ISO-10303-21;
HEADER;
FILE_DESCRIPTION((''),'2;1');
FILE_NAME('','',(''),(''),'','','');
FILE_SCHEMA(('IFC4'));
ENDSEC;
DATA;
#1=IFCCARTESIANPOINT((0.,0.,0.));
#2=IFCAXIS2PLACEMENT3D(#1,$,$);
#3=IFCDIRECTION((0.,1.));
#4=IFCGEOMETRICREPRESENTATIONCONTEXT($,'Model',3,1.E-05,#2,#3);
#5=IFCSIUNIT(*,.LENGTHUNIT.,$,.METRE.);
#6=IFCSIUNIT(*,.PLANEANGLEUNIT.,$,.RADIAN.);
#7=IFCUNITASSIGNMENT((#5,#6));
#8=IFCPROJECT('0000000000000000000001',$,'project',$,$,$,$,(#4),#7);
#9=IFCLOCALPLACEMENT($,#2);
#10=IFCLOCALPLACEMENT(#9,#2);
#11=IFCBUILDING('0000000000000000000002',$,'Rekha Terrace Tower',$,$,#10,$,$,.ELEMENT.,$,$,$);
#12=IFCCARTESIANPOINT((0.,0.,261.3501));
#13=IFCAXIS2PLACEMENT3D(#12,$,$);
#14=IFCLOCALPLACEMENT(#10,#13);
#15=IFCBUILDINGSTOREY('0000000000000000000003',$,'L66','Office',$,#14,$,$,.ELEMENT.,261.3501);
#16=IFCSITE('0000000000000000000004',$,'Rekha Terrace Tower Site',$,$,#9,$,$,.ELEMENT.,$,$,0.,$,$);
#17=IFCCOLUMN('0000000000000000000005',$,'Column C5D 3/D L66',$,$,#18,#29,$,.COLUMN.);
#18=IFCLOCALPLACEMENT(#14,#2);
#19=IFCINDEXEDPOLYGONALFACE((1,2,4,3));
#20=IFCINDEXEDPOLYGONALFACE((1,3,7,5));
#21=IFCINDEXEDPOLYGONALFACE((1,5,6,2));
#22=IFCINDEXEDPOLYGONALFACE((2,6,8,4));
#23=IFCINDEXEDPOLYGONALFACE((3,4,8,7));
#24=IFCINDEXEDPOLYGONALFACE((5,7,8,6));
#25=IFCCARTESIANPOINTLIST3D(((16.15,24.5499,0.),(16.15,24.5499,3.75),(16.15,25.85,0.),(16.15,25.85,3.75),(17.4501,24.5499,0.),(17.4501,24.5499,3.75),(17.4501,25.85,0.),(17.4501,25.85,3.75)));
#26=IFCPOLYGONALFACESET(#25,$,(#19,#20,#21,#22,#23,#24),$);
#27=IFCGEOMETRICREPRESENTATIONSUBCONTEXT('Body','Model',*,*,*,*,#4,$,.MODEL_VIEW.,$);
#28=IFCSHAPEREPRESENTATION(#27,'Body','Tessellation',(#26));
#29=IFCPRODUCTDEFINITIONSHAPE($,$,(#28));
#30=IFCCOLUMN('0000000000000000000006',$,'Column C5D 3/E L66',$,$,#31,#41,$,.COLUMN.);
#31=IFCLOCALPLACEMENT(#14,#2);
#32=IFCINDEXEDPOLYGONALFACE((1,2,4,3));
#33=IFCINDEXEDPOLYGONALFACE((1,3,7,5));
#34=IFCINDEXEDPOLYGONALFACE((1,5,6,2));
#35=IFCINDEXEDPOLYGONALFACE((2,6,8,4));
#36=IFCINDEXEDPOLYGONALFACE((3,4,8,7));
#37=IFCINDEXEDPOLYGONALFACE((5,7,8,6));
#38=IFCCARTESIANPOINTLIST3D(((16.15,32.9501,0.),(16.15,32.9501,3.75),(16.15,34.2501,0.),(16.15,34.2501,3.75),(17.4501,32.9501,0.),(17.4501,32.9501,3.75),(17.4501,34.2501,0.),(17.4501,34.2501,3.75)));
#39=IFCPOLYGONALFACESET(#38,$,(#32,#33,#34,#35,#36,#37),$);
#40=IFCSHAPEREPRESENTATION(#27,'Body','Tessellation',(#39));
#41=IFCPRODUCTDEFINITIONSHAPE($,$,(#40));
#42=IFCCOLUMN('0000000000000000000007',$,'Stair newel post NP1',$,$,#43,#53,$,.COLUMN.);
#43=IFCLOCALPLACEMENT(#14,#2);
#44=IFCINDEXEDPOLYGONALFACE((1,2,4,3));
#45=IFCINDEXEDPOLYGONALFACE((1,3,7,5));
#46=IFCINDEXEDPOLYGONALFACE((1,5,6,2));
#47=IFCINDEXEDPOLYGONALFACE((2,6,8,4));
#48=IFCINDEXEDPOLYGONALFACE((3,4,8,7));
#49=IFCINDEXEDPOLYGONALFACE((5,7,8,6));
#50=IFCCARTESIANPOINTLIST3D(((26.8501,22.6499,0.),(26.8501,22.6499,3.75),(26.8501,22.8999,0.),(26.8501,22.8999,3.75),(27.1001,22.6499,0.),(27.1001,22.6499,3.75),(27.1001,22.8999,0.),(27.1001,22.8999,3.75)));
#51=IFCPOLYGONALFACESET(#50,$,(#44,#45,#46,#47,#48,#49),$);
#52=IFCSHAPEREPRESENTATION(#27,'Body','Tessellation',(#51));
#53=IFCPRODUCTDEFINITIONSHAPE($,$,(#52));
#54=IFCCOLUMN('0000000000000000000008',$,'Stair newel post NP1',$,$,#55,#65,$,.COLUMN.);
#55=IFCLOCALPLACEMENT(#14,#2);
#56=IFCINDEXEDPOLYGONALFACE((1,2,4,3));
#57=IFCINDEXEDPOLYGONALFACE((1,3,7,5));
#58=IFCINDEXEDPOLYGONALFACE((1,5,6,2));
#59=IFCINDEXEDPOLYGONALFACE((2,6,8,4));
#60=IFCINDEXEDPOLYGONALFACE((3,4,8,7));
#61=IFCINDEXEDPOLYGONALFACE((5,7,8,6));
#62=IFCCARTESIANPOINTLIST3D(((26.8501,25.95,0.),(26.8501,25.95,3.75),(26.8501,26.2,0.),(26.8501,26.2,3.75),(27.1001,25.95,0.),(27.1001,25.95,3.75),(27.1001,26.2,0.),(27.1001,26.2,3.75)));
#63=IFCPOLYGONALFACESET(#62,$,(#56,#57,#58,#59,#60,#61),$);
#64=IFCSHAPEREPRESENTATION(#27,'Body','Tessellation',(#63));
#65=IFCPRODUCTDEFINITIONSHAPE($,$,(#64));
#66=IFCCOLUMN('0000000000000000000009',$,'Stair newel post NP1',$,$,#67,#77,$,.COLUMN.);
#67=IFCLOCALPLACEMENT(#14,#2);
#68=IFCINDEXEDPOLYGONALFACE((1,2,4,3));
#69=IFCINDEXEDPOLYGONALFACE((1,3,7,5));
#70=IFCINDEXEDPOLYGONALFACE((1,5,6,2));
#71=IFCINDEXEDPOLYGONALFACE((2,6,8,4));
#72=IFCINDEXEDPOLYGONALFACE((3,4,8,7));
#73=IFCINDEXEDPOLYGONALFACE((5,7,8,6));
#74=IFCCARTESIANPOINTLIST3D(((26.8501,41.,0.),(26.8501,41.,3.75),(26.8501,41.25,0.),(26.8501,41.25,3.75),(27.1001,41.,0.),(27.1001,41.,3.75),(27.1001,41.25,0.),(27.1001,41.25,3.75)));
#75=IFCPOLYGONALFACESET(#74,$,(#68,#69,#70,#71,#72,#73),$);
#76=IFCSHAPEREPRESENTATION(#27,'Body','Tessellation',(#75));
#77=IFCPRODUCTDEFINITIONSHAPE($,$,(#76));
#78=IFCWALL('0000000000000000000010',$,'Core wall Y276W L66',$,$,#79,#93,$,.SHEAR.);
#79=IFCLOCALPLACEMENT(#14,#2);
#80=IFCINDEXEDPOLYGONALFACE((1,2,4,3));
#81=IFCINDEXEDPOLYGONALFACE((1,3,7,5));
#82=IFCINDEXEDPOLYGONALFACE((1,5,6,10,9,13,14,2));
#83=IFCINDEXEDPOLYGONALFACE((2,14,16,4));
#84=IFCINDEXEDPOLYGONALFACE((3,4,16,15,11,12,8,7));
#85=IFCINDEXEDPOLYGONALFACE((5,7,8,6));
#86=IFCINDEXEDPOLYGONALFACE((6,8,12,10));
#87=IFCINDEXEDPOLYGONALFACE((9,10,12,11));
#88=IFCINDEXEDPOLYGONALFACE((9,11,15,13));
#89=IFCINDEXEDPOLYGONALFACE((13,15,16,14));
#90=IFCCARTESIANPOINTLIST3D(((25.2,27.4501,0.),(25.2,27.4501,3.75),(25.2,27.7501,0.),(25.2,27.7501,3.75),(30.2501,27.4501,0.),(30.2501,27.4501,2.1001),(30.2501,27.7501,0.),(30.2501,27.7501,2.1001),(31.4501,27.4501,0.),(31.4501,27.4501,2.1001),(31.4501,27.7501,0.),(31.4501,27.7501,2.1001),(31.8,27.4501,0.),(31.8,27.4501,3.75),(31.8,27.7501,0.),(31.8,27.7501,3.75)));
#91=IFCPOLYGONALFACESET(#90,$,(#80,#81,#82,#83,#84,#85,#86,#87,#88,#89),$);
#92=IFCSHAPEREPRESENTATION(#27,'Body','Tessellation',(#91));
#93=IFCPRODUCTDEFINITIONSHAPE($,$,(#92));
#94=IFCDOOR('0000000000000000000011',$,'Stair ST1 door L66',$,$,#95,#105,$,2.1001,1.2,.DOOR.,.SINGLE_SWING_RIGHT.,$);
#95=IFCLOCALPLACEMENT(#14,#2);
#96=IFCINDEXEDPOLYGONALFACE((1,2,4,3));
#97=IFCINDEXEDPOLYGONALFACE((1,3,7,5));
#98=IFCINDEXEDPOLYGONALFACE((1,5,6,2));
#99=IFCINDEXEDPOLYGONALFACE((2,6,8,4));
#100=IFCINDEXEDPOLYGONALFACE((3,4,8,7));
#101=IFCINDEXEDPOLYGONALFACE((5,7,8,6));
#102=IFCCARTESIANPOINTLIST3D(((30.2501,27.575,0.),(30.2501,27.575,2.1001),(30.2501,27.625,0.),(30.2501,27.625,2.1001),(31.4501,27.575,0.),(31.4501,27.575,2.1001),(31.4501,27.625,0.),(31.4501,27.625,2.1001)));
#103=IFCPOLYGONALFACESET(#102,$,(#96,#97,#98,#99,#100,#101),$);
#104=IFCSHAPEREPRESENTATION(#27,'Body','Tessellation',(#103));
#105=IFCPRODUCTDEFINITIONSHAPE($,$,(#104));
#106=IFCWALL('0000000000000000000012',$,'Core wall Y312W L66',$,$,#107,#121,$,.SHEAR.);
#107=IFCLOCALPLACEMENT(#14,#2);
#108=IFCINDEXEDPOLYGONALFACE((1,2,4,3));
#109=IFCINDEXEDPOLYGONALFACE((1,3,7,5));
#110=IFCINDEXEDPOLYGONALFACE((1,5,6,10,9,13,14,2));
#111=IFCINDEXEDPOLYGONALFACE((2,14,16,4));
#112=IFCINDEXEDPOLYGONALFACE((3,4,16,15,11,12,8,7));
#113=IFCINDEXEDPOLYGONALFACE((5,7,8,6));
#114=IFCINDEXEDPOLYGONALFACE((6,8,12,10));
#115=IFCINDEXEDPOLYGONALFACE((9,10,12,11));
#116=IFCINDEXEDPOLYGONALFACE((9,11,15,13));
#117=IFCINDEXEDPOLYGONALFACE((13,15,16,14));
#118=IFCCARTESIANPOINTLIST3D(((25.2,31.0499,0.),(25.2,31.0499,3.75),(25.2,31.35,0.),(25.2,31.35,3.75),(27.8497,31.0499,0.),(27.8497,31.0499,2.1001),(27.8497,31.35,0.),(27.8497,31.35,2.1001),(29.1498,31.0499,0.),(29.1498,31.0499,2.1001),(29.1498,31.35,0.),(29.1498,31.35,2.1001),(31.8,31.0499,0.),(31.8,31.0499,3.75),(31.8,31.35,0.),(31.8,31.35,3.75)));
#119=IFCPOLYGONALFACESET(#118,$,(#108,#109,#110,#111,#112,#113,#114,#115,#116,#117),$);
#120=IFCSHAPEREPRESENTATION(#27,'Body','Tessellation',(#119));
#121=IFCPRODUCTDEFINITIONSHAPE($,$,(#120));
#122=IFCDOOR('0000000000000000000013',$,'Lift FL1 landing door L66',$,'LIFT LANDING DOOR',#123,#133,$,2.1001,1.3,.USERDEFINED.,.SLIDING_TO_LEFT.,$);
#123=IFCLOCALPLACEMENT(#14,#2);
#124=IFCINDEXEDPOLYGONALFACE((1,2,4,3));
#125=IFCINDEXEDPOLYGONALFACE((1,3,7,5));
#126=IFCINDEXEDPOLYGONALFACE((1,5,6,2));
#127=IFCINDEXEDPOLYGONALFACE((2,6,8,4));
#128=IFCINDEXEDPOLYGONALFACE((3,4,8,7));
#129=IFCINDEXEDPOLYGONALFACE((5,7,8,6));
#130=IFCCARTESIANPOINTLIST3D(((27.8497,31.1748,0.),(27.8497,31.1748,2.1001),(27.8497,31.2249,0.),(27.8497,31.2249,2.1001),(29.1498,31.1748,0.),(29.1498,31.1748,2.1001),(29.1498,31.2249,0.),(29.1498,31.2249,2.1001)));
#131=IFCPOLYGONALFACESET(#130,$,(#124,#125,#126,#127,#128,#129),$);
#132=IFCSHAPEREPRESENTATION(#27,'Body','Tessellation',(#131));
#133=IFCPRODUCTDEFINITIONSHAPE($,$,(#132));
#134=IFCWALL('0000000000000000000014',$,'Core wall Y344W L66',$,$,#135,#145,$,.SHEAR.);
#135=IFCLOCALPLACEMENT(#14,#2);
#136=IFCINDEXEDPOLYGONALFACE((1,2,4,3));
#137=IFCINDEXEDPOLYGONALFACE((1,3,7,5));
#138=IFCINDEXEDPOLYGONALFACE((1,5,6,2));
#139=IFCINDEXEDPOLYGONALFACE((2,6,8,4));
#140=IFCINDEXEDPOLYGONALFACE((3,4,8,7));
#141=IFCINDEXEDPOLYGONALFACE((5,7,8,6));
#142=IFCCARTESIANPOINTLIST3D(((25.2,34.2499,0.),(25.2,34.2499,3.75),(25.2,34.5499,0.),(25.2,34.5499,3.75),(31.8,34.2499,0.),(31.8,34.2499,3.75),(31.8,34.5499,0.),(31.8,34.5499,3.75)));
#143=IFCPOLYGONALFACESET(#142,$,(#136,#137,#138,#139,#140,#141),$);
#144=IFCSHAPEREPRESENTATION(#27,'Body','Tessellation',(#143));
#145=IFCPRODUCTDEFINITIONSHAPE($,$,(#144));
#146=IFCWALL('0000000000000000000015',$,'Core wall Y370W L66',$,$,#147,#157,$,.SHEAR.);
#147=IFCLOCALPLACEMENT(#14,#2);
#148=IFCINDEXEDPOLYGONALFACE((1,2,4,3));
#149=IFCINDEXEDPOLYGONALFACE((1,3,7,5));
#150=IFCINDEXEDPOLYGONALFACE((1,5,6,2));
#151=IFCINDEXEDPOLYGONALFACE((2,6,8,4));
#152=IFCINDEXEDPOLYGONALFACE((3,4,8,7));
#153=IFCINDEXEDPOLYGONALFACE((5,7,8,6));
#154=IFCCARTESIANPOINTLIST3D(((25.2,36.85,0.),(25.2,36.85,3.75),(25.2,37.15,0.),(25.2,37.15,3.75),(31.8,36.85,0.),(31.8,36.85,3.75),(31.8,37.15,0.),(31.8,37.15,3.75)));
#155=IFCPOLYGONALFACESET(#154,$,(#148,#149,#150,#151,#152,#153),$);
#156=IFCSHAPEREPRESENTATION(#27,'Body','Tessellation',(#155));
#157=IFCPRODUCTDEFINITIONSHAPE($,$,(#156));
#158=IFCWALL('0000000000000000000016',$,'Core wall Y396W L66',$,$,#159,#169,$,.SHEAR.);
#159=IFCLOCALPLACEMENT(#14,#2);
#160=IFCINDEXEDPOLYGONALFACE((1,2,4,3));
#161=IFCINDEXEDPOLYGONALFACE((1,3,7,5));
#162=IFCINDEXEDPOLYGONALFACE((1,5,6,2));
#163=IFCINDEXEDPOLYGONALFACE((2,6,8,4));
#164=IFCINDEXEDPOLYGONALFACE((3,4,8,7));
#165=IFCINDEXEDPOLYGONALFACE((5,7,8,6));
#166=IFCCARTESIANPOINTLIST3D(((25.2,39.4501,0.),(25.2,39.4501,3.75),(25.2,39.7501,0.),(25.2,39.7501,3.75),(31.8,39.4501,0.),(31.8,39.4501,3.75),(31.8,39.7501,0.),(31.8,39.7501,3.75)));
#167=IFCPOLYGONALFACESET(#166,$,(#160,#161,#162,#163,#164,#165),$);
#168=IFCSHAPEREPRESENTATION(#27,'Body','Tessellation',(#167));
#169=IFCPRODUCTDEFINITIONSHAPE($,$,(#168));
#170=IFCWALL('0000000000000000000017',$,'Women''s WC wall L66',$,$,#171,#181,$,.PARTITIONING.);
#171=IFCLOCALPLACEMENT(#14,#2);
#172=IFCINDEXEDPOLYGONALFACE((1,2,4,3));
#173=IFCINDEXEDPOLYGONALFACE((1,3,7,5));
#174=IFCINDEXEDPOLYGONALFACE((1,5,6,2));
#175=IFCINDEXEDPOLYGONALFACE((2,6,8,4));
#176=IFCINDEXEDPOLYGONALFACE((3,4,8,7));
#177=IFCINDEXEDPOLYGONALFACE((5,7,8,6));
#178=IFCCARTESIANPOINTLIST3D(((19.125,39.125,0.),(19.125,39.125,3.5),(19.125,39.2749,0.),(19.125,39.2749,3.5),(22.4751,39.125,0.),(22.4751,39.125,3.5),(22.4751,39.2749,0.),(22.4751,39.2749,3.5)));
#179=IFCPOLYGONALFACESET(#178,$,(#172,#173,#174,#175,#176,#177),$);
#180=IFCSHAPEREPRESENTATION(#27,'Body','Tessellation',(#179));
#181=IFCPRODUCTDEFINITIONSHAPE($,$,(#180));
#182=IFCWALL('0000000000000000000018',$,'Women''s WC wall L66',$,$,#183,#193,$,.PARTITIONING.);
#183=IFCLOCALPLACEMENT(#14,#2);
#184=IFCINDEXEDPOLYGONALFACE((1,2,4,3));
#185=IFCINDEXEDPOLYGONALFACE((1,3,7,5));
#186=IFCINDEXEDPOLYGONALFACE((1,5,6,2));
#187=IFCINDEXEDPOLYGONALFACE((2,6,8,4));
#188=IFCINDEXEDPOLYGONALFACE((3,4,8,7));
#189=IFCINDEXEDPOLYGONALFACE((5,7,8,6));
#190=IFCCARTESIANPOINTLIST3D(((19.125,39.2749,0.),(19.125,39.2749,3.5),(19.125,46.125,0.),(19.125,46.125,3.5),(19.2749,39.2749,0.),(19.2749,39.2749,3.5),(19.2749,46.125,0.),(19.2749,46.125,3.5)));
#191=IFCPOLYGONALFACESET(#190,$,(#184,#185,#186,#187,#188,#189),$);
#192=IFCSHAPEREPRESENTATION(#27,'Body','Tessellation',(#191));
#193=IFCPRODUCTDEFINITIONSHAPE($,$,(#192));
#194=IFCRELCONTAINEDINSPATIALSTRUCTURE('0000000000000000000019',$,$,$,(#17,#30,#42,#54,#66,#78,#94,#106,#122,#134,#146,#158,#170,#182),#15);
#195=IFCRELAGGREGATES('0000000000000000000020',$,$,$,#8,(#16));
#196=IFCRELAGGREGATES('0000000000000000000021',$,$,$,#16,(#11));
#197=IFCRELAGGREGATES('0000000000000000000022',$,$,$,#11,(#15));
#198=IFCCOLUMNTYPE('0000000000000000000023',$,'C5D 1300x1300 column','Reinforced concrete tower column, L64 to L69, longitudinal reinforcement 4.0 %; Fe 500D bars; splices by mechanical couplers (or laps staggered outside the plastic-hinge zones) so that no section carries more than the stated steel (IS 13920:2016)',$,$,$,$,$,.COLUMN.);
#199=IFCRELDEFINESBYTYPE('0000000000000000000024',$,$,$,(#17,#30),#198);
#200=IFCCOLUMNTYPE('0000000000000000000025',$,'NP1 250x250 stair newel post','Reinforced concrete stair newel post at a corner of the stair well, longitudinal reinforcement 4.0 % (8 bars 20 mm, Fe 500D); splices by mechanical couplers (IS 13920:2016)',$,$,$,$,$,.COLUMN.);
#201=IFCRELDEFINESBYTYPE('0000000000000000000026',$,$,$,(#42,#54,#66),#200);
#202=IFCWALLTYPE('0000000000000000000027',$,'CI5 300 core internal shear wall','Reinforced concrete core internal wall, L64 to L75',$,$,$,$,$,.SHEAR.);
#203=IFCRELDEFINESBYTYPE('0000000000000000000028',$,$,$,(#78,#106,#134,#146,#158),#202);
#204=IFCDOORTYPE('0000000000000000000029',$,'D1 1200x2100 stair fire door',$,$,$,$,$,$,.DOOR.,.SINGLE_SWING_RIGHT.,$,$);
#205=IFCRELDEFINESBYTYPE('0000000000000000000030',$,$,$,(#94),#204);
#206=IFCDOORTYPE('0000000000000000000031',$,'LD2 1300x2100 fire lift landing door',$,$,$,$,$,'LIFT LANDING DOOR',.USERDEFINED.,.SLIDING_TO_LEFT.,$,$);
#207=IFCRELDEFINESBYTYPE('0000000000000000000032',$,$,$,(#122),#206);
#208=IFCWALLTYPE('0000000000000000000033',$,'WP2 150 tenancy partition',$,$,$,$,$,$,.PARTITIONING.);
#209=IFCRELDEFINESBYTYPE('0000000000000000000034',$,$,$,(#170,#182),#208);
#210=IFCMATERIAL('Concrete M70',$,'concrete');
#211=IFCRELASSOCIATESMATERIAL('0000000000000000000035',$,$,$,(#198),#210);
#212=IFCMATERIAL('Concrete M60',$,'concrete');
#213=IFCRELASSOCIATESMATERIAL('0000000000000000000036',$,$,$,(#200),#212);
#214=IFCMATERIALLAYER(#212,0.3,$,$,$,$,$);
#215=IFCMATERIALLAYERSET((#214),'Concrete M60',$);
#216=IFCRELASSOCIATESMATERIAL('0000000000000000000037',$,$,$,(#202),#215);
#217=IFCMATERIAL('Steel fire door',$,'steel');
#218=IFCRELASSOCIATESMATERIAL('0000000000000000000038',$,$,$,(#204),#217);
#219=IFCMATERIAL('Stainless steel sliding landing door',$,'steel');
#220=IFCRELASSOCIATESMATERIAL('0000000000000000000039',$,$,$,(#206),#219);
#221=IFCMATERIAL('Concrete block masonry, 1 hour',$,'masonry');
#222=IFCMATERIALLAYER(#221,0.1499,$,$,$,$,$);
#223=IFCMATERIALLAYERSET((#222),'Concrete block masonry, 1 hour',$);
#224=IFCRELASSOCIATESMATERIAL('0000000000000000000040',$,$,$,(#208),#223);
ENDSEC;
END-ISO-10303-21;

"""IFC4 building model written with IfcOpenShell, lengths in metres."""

from ifc_helpers import new_model, si_unit, direction, frame, frame_2d, origin, origin_2d, place, context, subcontext, project, spatial, rectangle, extrude, material, layer, layer_set, material_profile, profile_set, type_object, element, fill, save


model = new_model("IFC4")

# Units and contexts
model_context = context("Model", 3, precision=1e-05, world=origin(), true_north=direction((0.0, 1.0)))
body_context = subcontext(model_context, "Body", "Model", "MODEL_VIEW")
ifc_project = project(units=[si_unit("LENGTHUNIT", "METRE"), si_unit("PLANEANGLEUNIT", "RADIAN")], contexts=[model_context])

# Site, building, storey
site_placement = place(None, origin())
site = spatial("IfcSite", under=ifc_project, at=site_placement, Name="Rekha Terrace Tower Site", CompositionType="ELEMENT", RefElevation=0.0)
building_placement = place(site_placement, origin())
building = spatial("IfcBuilding", under=site, at=building_placement, Name="Rekha Terrace Tower", CompositionType="ELEMENT")
storey_placement = place(building_placement, frame((0.0, 0.0, 261.3501)))
storey = spatial("IfcBuildingStorey", under=building, at=storey_placement, Name="L66", Description="Office", CompositionType="ELEMENT", Elevation=261.3501)

# Columns
ifc_material_1 = material(Name="Concrete M70", Category="concrete")
ifc_material_profile_1 = material_profile(ifc_material_1, rectangle(XDim=1.3, YDim=1.3, at=origin_2d()), Name="RC 1300x1300")
ifc_profile_set_1 = profile_set([ifc_material_profile_1], Name="Concrete M70")
column_type_1 = type_object("IfcColumnType", Name="C5D 1300x1300 column", Description="Reinforced concrete tower column, L64 to L69, longitudinal reinforcement 4.0 %; Fe 500D bars; splices by mechanical couplers (or laps staggered outside the plastic-hinge zones) so that no section carries more than the stated steel (IS 13920:2016)", PredefinedType="COLUMN", material=ifc_profile_set_1)
for number, where, z_axis, x_axis, name in (
    (1, (16.8, 25.2, 0.0), (0.0, 0.0, 1.0), (1.0, 0.0, 0.0), "Column C5D 3/D L66"),
    (2, (16.8, 33.6001, 0.0), (0.0, 0.0, 1.0), (1.0, 0.0, 0.0), "Column C5D 3/E L66"),
):
    element("IfcColumn", number, at=place(storey_placement, frame(where, z_axis=z_axis, x_axis=x_axis)), inside=storey, type_object=column_type_1, Name=name, PredefinedType="COLUMN", context=body_context, shape_type="SweptSolid", body=[
        extrude(rectangle(XDim=1.3, YDim=1.3, at=origin_2d()), origin(), (0.0, 0.0, 1.0), 3.75),
    ])
ifc_material_2 = material(Name="Concrete M60", Category="concrete")
ifc_material_profile_2 = material_profile(ifc_material_2, rectangle(XDim=0.25, YDim=0.25, at=origin_2d()), Name="RC 250x250")
ifc_profile_set_2 = profile_set([ifc_material_profile_2], Name="Concrete M60")
column_type_2 = type_object("IfcColumnType", Name="NP1 250x250 stair newel post", Description="Reinforced concrete stair newel post at a corner of the stair well, longitudinal reinforcement 4.0 % (8 bars 20 mm, Fe 500D); splices by mechanical couplers (IS 13920:2016)", PredefinedType="COLUMN", material=ifc_profile_set_2)
for number, where, z_axis, x_axis, name in (
    (3, (26.9751, 22.7749, 0.0), (0.0, 0.0, 1.0), (1.0, 0.0, 0.0), "Stair newel post NP1"),
    (4, (26.9751, 26.075, 0.0), (0.0, 0.0, 1.0), (1.0, 0.0, 0.0), "Stair newel post NP1"),
    (5, (26.9751, 41.125, 0.0), (0.0, 0.0, 1.0), (1.0, 0.0, 0.0), "Stair newel post NP1"),
):
    element("IfcColumn", number, at=place(storey_placement, frame(where, z_axis=z_axis, x_axis=x_axis)), inside=storey, type_object=column_type_2, Name=name, PredefinedType="COLUMN", context=body_context, shape_type="SweptSolid", body=[
        extrude(rectangle(XDim=0.25, YDim=0.25, at=origin_2d()), origin(), (0.0, 0.0, 1.0), 3.75),
    ])

# Walls, openings, doors
ifc_layer_1 = layer(ifc_material_2, 0.3)
ifc_layer_set_1 = layer_set([ifc_layer_1], Name="Concrete M60")
wall_type_1 = type_object("IfcWallType", Name="CI5 300 core internal shear wall", Description="Reinforced concrete core internal wall, L64 to L75", PredefinedType="SHEAR", material=ifc_layer_set_1)
wall_1_placement = place(storey_placement, frame((25.2, 27.6001, 0.0), z_axis=(0.0, 0.0, 1.0), x_axis=(1.0, 0.0, 0.0)))
wall_1 = element("IfcWall", 6, at=wall_1_placement, inside=storey, type_object=wall_type_1, Name="Core wall Y276W L66", PredefinedType="SHEAR", context=body_context, shape_type="SweptSolid", body=[
    extrude(rectangle(XDim=6.6001, YDim=0.3, at=frame_2d((3.3, 0.0))), origin(), (0.0, 0.0, 1.0), 3.75),
])
opening_1_placement = place(wall_1_placement, frame((5.05, 0.0, 0.0)))
opening_1 = element("IfcOpeningElement", 7, at=opening_1_placement, cuts=wall_1, PredefinedType="OPENING", context=body_context, shape_type="SweptSolid", body=[
    extrude(rectangle(XDim=1.2, YDim=2.1001, at=frame_2d((0.6001, 1.05))), frame((0.0, 0.1599, 0.0), z_axis=(0.0, -1.0, 0.0), x_axis=(1.0, 0.0, 0.0)), (0.0, 0.0, 1.0), 0.3201),
])
ifc_material_3 = material(Name="Steel fire door", Category="steel")
door_type_1 = type_object("IfcDoorType", Name="D1 1200x2100 stair fire door", OperationType="SINGLE_SWING_RIGHT", PredefinedType="DOOR", material=ifc_material_3)
door_1_placement = place(opening_1_placement, origin())
door_1 = element("IfcDoor", 8, at=door_1_placement, inside=storey, type_object=door_type_1, Name="Stair ST1 door L66", OperationType="SINGLE_SWING_RIGHT", OverallHeight=2.1001, OverallWidth=1.2, PredefinedType="DOOR", context=body_context, shape_type="SweptSolid", body=[
    extrude(rectangle(XDim=1.2, YDim=2.1001, at=frame_2d((0.6001, 1.05))), frame((0.0, 0.0249, 0.0), z_axis=(0.0, -1.0, 0.0), x_axis=(1.0, 0.0, 0.0)), (0.0, 0.0, 1.0), 0.05),
])
fill(opening_1, door_1)
wall_2_placement = place(storey_placement, frame((25.2, 31.2, 0.0), z_axis=(0.0, 0.0, 1.0), x_axis=(1.0, 0.0, 0.0)))
wall_2 = element("IfcWall", 9, at=wall_2_placement, inside=storey, type_object=wall_type_1, Name="Core wall Y312W L66", PredefinedType="SHEAR", context=body_context, shape_type="SweptSolid", body=[
    extrude(rectangle(XDim=6.6001, YDim=0.3, at=frame_2d((3.3, 0.0))), origin(), (0.0, 0.0, 1.0), 3.75),
])
opening_2_placement = place(wall_2_placement, frame((2.6499, 0.0, 0.0)))
opening_2 = element("IfcOpeningElement", 10, at=opening_2_placement, cuts=wall_2, PredefinedType="OPENING", context=body_context, shape_type="SweptSolid", body=[
    extrude(rectangle(XDim=1.3, YDim=2.1001, at=frame_2d((0.6499, 1.05))), frame((0.0, 0.1599, 0.0), z_axis=(0.0, -1.0, 0.0), x_axis=(1.0, 0.0, 0.0)), (0.0, 0.0, 1.0), 0.3201),
])
ifc_material_4 = material(Name="Stainless steel sliding landing door", Category="steel")
door_type_2 = type_object("IfcDoorType", Name="LD2 1300x2100 fire lift landing door", ElementType="LIFT LANDING DOOR", OperationType="SLIDING_TO_LEFT", PredefinedType="USERDEFINED", material=ifc_material_4)
door_2_placement = place(opening_2_placement, origin())
door_2 = element("IfcDoor", 11, at=door_2_placement, inside=storey, type_object=door_type_2, Name="Lift FL1 landing door L66", ObjectType="LIFT LANDING DOOR", OperationType="SLIDING_TO_LEFT", OverallHeight=2.1001, OverallWidth=1.3, PredefinedType="USERDEFINED", context=body_context, shape_type="SweptSolid", body=[
    extrude(rectangle(XDim=1.3, YDim=2.1001, at=frame_2d((0.6499, 1.05))), frame((0.0, 0.0249, 0.0), z_axis=(0.0, -1.0, 0.0), x_axis=(1.0, 0.0, 0.0)), (0.0, 0.0, 1.0), 0.05),
])
fill(opening_2, door_2)

# Walls
for number, where, z_axis, x_axis, name in (
    (12, (25.2, 34.3999, 0.0), (0.0, 0.0, 1.0), (1.0, 0.0, 0.0), "Core wall Y344W L66"),
    (13, (25.2, 37.0, 0.0), (0.0, 0.0, 1.0), (1.0, 0.0, 0.0), "Core wall Y370W L66"),
    (14, (25.2, 39.6001, 0.0), (0.0, 0.0, 1.0), (1.0, 0.0, 0.0), "Core wall Y396W L66"),
):
    element("IfcWall", number, at=place(storey_placement, frame(where, z_axis=z_axis, x_axis=x_axis)), inside=storey, type_object=wall_type_1, Name=name, PredefinedType="SHEAR", context=body_context, shape_type="SweptSolid", body=[
        extrude(rectangle(XDim=6.6001, YDim=0.3, at=frame_2d((3.3, 0.0))), origin(), (0.0, 0.0, 1.0), 3.75),
    ])
ifc_material_5 = material(Name="Concrete block masonry, 1 hour", Category="masonry")
ifc_layer_2 = layer(ifc_material_5, 0.1499)
ifc_layer_set_2 = layer_set([ifc_layer_2], Name="Concrete block masonry, 1 hour")
wall_type_2 = type_object("IfcWallType", Name="WP2 150 tenancy partition", PredefinedType="PARTITIONING", material=ifc_layer_set_2)
wall_3_placement = place(storey_placement, frame((19.125, 39.2, 0.0), z_axis=(0.0, 0.0, 1.0), x_axis=(1.0, 0.0, 0.0)))
element("IfcWall", 15, at=wall_3_placement, inside=storey, type_object=wall_type_2, Name="Women's WC wall L66", PredefinedType="PARTITIONING", context=body_context, shape_type="SweptSolid", body=[
    extrude(rectangle(XDim=3.3501, YDim=0.1499, at=frame_2d((1.675, 0.0))), origin(), (0.0, 0.0, 1.0), 3.5),
])
wall_4_placement = place(storey_placement, frame((19.2, 39.2749, 0.0), z_axis=(0.0, 0.0, 1.0), x_axis=(0.0, 1.0, 0.0)))
element("IfcWall", 16, at=wall_4_placement, inside=storey, type_object=wall_type_2, Name="Women's WC wall L66", PredefinedType="PARTITIONING", context=body_context, shape_type="SweptSolid", body=[
    extrude(rectangle(XDim=6.8501, YDim=0.1499, at=frame_2d((3.425, 0.0))), origin(), (0.0, 0.0, 1.0), 3.5),
])

save(model, "model.ifc")
